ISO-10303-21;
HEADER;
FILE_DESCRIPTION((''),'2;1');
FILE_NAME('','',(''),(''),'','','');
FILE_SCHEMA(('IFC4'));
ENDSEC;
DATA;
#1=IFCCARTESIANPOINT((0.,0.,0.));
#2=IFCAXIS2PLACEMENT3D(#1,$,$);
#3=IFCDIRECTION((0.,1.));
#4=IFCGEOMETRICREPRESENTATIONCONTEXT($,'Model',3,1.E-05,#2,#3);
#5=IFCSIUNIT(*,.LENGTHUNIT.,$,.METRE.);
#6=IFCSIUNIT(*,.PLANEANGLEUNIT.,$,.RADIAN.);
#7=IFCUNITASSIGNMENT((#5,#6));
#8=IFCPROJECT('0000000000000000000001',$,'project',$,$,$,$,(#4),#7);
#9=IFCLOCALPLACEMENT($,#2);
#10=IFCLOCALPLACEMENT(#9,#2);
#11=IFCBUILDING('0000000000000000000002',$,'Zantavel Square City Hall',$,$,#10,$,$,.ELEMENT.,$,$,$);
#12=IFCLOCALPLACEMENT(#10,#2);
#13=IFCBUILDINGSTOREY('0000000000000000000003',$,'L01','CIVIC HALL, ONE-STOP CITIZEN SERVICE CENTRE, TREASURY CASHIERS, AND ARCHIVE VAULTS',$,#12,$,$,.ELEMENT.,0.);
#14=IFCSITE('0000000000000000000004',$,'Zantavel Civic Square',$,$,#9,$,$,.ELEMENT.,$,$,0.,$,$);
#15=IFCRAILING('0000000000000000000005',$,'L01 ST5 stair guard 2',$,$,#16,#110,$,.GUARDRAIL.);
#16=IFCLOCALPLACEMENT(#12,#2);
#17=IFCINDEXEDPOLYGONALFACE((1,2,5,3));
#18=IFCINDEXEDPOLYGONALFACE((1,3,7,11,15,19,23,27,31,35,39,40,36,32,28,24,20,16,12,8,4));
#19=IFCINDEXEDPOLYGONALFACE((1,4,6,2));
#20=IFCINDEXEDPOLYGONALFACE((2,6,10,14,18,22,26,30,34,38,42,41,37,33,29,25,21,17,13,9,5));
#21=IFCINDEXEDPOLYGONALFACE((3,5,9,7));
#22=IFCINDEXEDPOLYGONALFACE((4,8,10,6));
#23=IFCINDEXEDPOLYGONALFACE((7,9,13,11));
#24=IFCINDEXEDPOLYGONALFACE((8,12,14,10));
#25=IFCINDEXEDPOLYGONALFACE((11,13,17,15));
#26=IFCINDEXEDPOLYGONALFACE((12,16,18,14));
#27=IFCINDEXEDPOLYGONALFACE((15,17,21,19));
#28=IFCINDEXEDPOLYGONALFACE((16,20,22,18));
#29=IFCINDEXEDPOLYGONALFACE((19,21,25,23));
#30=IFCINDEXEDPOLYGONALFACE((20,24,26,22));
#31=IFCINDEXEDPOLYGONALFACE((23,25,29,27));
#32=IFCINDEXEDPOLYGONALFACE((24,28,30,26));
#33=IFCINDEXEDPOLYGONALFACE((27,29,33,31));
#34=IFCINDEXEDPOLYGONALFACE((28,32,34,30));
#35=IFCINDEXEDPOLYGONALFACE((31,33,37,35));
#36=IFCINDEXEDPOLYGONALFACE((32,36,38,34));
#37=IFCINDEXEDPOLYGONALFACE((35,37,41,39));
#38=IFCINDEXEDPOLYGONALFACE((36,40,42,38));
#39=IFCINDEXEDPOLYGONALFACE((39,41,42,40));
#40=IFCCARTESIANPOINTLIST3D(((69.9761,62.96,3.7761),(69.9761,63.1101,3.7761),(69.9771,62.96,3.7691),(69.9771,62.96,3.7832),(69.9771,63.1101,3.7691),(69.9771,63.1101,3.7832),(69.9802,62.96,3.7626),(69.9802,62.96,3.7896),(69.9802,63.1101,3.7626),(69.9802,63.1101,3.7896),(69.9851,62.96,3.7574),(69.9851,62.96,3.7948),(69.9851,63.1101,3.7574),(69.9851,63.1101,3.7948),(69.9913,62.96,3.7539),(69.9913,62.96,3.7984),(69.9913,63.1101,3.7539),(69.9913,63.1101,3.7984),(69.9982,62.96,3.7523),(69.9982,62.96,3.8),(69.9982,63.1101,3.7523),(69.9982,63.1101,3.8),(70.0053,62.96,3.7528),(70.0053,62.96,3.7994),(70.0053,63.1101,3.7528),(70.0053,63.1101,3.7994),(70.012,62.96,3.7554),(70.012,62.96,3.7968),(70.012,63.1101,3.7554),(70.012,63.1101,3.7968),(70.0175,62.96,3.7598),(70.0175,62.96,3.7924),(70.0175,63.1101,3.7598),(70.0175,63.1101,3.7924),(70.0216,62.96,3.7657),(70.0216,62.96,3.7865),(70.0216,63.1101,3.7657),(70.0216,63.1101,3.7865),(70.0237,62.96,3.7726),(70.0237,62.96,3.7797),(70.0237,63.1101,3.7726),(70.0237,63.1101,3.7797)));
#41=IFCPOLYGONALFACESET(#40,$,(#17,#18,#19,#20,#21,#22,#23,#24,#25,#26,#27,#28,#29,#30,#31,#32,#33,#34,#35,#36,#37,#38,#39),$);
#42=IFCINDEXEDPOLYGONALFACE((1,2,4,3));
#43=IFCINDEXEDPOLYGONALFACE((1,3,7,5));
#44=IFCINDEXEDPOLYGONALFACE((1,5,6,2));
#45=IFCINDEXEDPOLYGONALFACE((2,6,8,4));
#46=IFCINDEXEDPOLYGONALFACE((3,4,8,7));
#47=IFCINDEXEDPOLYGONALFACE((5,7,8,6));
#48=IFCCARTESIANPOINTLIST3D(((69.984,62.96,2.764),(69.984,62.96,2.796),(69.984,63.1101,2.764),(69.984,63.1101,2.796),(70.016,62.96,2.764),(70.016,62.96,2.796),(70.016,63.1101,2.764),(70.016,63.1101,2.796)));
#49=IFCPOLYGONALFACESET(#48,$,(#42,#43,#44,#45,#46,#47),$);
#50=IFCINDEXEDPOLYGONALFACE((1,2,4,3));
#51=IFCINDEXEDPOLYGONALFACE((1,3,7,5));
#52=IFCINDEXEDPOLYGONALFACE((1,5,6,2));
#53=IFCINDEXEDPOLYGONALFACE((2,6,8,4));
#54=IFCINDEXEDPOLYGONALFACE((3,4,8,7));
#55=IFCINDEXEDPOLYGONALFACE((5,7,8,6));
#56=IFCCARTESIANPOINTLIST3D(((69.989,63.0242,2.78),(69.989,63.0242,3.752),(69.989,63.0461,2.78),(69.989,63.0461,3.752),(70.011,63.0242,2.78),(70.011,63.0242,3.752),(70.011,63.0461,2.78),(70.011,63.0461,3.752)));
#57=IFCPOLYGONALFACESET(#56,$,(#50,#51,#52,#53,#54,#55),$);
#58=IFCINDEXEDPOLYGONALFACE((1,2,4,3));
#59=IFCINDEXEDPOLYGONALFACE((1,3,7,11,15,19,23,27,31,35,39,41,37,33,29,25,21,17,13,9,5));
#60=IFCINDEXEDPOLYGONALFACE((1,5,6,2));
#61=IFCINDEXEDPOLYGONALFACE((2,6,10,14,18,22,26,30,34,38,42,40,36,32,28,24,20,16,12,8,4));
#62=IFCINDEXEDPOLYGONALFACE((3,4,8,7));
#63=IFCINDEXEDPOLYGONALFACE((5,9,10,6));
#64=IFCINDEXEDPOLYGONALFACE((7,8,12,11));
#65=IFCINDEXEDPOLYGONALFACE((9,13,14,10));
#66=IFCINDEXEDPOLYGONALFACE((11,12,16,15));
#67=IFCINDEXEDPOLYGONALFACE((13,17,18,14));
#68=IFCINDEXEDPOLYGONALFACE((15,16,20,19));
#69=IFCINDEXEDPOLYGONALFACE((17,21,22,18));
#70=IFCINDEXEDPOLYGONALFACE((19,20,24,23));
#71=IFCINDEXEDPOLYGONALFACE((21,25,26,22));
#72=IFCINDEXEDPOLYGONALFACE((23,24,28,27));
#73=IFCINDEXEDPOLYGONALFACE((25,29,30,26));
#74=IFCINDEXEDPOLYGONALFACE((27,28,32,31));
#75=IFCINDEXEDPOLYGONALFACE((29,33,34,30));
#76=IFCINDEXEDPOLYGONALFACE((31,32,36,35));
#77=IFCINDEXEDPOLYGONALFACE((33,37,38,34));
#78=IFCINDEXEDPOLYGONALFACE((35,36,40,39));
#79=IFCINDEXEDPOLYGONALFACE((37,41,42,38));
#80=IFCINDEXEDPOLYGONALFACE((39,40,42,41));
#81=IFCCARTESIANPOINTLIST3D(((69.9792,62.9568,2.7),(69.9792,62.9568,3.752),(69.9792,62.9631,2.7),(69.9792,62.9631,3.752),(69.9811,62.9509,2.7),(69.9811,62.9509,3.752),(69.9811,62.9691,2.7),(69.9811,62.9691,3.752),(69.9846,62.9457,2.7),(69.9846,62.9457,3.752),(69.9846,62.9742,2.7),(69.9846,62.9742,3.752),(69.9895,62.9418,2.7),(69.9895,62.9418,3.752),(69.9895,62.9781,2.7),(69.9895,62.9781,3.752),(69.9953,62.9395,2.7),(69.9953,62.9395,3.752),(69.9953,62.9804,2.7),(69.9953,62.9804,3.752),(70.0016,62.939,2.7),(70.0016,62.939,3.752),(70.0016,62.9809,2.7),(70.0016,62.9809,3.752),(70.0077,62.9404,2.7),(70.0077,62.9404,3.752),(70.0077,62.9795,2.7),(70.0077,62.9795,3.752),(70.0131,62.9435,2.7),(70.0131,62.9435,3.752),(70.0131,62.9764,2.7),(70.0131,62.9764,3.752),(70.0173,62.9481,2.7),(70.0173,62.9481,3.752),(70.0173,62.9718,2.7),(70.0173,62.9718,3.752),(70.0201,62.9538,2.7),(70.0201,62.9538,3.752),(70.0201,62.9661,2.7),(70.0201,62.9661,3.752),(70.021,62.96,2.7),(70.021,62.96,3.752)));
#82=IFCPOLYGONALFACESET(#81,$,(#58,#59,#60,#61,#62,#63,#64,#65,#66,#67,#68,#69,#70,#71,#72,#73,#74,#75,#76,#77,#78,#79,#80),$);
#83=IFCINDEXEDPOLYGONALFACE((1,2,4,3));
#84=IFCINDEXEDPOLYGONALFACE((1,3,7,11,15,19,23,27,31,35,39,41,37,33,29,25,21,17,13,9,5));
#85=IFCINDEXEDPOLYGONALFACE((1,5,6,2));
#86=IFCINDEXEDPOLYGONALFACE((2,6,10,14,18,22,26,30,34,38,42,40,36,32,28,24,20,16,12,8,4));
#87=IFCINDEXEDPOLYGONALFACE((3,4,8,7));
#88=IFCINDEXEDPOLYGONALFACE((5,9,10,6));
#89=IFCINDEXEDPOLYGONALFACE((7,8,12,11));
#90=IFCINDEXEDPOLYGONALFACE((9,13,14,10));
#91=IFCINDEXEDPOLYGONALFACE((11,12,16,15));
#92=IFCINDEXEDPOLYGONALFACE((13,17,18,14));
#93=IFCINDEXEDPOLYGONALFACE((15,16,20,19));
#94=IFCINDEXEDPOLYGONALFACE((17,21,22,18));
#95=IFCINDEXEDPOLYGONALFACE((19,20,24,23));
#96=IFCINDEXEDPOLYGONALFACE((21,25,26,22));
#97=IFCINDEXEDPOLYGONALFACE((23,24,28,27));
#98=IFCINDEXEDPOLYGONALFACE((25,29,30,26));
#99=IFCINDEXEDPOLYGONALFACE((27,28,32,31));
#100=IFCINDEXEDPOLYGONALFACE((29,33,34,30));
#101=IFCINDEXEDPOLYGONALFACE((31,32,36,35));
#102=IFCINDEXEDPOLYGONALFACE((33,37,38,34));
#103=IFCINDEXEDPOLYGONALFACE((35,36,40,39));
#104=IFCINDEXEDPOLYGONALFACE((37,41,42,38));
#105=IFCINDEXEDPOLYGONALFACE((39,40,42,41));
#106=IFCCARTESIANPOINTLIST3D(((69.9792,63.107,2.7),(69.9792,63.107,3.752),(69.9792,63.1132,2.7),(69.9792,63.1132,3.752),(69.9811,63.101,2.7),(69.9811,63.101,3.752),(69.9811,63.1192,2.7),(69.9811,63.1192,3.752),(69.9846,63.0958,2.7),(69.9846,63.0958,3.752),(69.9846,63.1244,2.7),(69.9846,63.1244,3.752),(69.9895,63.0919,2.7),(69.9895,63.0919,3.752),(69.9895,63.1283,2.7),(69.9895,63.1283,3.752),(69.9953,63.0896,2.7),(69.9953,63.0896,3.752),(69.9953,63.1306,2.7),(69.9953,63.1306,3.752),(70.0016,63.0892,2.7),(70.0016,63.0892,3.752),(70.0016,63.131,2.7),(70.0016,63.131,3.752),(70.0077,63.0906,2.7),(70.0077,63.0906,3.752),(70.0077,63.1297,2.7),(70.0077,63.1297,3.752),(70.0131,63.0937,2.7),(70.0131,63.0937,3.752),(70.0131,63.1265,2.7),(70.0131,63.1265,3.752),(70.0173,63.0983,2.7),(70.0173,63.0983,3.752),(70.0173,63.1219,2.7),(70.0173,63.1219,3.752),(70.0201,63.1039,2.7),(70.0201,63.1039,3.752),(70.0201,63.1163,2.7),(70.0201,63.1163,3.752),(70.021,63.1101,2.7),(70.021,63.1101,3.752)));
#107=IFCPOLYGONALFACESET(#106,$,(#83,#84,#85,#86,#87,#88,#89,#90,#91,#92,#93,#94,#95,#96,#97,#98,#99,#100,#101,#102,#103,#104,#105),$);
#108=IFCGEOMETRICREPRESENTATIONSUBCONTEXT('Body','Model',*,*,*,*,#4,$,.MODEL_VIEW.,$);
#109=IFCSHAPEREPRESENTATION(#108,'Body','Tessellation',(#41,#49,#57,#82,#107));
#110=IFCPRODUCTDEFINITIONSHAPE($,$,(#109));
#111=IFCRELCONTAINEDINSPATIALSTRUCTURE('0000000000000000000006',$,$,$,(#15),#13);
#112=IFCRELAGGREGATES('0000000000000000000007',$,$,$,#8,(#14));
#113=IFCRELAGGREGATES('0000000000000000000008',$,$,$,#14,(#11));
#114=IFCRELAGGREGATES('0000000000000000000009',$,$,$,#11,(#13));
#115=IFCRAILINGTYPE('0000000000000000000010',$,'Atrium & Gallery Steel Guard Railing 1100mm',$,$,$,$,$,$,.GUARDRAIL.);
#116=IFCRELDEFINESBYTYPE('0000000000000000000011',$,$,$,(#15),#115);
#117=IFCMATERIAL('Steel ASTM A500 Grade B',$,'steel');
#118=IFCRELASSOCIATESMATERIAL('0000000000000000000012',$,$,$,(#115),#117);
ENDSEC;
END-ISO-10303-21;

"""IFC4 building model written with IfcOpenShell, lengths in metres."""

from ifc_helpers import new_model, si_unit, direction, frame, origin, origin_2d, place, context, subcontext, project, spatial, rectangle, circle, extrude, material, type_object, element, save


model = new_model("IFC4")

# Units and contexts
model_context = context("Model", 3, precision=1e-05, world=origin(), true_north=direction((0.0, 1.0)))
body_context = subcontext(model_context, "Body", "Model", "MODEL_VIEW")
ifc_project = project(units=[si_unit("LENGTHUNIT", "METRE"), si_unit("PLANEANGLEUNIT", "RADIAN")], contexts=[model_context])

# Site, building, storey
site_placement = place(None, origin())
site = spatial("IfcSite", under=ifc_project, at=site_placement, Name="Zantavel Civic Square", CompositionType="ELEMENT", RefElevation=0.0)
building_placement = place(site_placement, origin())
building = spatial("IfcBuilding", under=site, at=building_placement, Name="Zantavel Square City Hall", CompositionType="ELEMENT")
storey_placement = place(building_placement, origin())
storey = spatial("IfcBuildingStorey", under=building, at=storey_placement, Name="L01", Description="CIVIC HALL, ONE-STOP CITIZEN SERVICE CENTRE, TREASURY CASHIERS, AND ARCHIVE VAULTS", CompositionType="ELEMENT", Elevation=0.0)

# Shared definitions
ifc_material_1 = material(Name="Steel ASTM A500 Grade B", Category="steel")

# Railing
railing_type_1 = type_object("IfcRailingType", Name="Atrium & Gallery Steel Guard Railing 1100mm", PredefinedType="GUARDRAIL", material=ifc_material_1)
railing_1_placement = place(storey_placement, frame((70.0, 62.96, 2.7)))
element("IfcRailing", 1, at=railing_1_placement, inside=storey, type_object=railing_type_1, Name="L01 ST5 stair guard 2", PredefinedType="GUARDRAIL", context=body_context, shape_type="SweptSolid", body=[
    extrude(circle(Radius=0.0239, at=origin_2d()), frame((0.0, 0.0, 1.0762), z_axis=(0.0, 1.0, 0.0), x_axis=(-1.0, 0.0, 0.0)), (0.0, 0.0, 1.0), 0.1501),
    extrude(rectangle(XDim=0.032, YDim=0.032, at=origin_2d()), frame((0.0, 0.0, 0.0801), z_axis=(0.0, 1.0, 0.0), x_axis=(-1.0, 0.0, 0.0)), (0.0, 0.0, 1.0), 0.1501),
    extrude(rectangle(XDim=0.022, YDim=0.022, at=origin_2d()), frame((0.0, 0.0752, 0.0801)), (0.0, 0.0, 1.0), 0.9719),
    extrude(circle(Radius=0.021, at=origin_2d()), origin(), (0.0, 0.0, 1.0), 1.052),
    extrude(circle(Radius=0.021, at=origin_2d()), frame((0.0, 0.1501, 0.0)), (0.0, 0.0, 1.0), 1.052),
])

save(model, "model.ifc")
